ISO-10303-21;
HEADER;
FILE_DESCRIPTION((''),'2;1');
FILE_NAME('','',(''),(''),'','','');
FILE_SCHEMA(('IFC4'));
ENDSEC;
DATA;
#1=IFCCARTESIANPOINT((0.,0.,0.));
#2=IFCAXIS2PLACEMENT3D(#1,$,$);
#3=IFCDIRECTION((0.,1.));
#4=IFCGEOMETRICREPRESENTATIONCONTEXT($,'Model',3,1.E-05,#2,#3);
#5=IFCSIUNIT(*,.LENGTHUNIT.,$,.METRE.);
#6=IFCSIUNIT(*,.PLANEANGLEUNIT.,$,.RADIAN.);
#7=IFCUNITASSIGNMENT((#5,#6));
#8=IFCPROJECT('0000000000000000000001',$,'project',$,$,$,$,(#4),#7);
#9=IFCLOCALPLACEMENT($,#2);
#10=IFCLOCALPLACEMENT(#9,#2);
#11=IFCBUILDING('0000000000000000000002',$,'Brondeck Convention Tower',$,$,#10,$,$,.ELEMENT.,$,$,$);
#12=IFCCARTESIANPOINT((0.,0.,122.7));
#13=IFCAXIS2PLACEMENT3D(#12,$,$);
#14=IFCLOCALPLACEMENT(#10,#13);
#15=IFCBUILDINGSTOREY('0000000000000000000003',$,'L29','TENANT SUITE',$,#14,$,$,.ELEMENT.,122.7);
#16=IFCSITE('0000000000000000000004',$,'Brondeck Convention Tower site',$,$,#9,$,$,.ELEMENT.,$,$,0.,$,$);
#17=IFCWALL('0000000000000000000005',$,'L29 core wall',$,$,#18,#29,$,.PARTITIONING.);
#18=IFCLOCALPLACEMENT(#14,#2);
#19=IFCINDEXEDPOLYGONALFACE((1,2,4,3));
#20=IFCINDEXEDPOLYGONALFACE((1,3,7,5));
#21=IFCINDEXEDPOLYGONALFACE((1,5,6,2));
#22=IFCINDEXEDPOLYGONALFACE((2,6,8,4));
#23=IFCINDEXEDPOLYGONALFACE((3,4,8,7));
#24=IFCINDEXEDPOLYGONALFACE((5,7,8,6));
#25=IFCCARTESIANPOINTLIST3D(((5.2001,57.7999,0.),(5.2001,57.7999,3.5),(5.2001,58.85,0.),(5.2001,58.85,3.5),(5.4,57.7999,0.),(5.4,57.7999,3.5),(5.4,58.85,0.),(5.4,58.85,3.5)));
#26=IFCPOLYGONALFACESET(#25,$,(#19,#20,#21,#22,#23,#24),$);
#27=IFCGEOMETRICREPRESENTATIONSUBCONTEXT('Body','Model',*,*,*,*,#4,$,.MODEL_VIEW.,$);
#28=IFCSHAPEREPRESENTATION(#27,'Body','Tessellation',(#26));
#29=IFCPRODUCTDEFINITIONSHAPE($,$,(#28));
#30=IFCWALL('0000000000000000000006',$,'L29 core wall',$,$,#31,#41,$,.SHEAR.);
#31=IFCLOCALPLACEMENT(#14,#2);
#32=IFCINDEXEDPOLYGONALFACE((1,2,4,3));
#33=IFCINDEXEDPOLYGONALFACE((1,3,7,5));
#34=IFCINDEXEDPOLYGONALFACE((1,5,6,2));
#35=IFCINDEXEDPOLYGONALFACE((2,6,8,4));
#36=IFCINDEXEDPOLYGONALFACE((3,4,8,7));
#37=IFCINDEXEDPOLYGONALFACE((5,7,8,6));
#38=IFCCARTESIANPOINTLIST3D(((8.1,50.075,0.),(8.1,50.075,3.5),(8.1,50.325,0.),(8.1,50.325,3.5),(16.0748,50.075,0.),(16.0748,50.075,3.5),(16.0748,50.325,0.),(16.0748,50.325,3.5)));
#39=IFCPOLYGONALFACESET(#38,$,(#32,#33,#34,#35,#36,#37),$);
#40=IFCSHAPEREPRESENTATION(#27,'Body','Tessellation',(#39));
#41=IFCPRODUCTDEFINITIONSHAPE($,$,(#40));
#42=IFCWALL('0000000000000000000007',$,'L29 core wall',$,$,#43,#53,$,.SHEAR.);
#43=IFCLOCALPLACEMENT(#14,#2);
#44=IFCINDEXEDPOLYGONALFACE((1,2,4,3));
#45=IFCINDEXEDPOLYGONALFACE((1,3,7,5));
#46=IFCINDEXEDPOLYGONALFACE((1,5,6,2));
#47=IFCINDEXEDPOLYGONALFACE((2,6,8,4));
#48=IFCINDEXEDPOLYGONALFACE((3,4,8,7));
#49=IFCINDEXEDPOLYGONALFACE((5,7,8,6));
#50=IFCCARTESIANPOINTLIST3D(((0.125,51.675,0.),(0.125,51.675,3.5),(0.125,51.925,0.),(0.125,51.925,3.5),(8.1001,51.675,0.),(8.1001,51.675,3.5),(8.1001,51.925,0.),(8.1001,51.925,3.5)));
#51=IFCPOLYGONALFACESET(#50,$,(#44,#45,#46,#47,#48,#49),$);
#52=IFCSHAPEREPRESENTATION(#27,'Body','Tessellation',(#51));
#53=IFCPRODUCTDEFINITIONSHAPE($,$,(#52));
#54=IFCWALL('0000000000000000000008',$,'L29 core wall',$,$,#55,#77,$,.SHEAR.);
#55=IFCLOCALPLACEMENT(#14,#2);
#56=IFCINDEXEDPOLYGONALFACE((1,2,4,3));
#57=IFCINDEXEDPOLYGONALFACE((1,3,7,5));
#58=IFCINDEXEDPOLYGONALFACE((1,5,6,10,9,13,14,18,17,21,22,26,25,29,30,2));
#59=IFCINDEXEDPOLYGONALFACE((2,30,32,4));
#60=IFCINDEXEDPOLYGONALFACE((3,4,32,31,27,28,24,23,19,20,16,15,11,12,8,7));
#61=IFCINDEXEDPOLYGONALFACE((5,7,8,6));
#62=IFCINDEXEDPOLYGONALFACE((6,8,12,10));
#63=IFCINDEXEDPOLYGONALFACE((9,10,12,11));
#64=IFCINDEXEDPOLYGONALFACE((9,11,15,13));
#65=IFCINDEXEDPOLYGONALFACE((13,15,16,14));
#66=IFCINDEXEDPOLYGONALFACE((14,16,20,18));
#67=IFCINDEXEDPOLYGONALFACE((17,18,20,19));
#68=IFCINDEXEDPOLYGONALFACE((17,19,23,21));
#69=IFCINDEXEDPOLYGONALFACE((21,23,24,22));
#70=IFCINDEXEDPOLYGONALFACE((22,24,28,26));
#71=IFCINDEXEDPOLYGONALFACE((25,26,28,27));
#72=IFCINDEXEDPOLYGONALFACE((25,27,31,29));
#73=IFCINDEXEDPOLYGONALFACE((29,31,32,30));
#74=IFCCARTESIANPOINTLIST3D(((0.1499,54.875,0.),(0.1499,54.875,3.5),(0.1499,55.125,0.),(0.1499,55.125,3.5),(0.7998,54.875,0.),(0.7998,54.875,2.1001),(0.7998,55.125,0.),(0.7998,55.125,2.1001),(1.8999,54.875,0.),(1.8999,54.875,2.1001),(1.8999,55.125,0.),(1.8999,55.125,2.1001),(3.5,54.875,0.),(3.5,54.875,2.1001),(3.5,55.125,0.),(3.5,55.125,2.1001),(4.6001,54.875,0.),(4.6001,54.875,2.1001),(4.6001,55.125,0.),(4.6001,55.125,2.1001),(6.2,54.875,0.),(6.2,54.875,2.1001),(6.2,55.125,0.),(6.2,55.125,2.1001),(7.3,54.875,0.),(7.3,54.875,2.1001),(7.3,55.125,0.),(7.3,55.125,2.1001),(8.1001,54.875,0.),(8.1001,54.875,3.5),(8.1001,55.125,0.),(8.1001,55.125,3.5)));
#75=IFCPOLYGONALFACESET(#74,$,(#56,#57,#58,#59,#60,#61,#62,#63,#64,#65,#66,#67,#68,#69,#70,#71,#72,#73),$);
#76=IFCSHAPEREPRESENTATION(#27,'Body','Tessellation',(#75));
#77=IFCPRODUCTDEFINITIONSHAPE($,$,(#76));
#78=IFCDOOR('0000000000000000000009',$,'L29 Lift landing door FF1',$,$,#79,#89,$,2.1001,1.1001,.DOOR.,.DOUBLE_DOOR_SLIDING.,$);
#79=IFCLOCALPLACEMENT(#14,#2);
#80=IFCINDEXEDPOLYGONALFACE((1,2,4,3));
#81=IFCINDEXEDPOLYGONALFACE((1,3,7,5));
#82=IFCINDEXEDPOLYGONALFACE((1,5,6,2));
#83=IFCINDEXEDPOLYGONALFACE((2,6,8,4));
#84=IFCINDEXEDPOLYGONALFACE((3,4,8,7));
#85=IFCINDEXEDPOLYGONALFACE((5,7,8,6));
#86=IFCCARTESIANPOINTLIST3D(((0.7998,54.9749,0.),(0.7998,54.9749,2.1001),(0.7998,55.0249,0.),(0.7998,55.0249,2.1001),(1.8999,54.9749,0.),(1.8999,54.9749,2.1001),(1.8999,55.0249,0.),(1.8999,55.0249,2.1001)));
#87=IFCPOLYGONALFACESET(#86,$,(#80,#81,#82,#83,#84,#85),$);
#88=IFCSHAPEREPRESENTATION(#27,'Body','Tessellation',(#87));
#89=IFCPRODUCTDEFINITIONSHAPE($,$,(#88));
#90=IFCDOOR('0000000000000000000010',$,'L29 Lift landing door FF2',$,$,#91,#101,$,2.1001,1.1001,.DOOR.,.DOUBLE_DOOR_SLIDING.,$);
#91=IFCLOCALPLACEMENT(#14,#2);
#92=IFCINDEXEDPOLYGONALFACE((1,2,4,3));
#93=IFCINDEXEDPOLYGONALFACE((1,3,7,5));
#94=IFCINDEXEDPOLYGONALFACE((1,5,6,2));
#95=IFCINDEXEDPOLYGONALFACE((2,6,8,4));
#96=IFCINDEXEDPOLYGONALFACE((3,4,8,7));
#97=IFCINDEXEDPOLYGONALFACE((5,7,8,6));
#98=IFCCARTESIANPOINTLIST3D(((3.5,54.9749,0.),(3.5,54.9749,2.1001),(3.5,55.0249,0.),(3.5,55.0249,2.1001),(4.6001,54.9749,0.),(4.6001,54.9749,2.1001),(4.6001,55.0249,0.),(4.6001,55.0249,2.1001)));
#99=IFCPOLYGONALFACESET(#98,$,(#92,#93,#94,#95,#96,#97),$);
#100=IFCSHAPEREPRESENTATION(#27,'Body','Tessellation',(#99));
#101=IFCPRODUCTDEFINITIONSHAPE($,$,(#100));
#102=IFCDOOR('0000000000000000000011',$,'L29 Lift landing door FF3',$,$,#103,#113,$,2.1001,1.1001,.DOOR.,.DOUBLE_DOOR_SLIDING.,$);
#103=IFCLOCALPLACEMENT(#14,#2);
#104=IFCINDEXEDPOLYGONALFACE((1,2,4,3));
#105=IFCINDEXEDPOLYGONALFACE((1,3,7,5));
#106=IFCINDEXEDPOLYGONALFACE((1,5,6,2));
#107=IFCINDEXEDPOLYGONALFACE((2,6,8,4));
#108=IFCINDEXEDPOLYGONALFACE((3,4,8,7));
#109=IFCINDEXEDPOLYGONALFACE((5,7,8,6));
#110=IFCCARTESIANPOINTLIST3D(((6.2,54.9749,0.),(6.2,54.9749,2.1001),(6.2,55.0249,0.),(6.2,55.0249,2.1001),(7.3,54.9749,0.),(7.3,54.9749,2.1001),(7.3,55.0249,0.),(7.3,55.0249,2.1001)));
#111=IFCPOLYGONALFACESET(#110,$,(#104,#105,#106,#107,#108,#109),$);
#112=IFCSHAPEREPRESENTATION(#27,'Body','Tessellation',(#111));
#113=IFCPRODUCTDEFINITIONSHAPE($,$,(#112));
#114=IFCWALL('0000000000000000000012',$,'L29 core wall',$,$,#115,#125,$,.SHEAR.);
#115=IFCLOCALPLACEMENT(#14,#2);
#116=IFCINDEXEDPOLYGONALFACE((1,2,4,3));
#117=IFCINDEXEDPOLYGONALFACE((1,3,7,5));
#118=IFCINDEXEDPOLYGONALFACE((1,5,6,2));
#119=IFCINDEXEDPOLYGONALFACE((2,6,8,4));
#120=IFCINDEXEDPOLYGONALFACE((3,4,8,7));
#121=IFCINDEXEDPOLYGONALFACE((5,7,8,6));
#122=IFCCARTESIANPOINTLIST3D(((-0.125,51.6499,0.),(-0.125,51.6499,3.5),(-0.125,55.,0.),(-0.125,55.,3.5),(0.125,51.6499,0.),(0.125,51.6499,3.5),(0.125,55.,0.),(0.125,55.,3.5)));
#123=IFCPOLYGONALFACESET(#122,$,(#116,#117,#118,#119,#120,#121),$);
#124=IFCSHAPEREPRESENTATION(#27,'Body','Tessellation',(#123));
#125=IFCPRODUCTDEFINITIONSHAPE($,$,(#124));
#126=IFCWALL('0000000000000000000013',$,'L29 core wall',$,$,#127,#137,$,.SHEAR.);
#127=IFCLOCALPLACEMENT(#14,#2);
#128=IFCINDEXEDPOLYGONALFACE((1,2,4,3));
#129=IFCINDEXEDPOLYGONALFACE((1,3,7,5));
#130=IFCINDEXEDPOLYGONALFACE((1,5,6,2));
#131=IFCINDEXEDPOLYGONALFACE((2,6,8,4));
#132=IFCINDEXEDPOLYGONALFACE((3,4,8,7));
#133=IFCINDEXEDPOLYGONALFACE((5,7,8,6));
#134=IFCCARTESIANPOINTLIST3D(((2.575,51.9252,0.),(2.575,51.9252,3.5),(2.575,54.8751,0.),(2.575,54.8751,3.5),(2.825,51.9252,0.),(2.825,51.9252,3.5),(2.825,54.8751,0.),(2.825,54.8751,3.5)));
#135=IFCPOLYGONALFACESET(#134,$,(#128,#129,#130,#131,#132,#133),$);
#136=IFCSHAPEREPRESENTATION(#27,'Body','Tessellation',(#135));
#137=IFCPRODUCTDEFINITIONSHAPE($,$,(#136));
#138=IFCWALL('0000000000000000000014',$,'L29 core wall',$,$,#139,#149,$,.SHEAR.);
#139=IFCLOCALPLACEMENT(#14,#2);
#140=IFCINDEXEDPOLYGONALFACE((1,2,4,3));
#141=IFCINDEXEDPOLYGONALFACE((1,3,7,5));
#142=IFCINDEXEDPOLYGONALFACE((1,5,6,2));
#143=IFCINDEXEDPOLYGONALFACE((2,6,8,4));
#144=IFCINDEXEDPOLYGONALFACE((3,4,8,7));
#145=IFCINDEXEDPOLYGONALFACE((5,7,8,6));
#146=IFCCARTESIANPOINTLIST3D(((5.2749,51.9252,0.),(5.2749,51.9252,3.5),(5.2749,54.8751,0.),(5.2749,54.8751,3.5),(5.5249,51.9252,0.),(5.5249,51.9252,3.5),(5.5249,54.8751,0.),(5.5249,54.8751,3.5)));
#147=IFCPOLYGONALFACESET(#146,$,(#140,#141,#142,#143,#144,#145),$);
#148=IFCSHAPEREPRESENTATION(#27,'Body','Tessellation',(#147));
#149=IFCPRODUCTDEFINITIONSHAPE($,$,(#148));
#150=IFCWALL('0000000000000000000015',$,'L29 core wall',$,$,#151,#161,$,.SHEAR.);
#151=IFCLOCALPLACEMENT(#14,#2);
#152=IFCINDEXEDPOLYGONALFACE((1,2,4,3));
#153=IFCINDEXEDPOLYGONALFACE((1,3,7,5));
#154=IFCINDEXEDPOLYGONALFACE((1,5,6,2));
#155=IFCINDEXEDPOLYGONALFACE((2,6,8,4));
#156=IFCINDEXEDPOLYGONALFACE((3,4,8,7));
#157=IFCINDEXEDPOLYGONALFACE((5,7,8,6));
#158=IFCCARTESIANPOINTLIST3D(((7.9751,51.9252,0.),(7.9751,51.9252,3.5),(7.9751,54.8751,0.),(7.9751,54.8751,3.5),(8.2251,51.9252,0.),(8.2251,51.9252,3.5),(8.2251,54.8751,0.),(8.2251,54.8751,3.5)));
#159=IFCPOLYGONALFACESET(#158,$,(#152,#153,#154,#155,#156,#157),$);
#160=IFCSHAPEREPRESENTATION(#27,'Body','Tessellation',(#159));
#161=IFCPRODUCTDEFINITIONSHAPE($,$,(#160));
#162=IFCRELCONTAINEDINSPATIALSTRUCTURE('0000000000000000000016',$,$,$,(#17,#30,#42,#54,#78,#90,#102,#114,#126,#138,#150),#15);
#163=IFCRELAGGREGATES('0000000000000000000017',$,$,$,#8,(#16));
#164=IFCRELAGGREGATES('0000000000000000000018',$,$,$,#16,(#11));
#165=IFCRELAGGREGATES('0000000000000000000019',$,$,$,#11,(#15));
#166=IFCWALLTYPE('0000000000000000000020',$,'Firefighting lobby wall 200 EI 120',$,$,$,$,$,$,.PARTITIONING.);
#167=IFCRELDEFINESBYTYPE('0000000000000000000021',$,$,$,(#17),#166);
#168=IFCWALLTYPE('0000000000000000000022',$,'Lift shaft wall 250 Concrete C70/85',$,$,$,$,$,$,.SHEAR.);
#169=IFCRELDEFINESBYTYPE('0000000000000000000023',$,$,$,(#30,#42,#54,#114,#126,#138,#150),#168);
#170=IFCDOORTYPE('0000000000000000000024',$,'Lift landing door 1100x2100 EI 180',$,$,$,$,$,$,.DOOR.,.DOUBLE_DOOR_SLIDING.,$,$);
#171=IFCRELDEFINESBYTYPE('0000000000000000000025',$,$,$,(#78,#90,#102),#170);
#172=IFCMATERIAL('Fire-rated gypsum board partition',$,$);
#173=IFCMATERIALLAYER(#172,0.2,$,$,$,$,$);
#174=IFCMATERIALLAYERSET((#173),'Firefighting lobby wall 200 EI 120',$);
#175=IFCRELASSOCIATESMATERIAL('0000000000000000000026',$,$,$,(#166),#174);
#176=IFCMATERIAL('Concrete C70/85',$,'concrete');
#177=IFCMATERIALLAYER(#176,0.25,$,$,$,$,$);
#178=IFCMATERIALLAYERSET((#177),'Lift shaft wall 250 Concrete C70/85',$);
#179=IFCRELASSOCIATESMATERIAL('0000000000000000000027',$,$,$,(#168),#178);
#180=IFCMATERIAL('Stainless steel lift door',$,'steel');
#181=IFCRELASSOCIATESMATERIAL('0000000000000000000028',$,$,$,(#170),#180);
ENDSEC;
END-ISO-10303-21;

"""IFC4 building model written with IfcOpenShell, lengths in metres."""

from ifc_helpers import new_model, si_unit, direction, frame, frame_2d, origin, place, context, subcontext, project, spatial, rectangle, extrude, material, layer, layer_set, type_object, element, fill, save


model = new_model("IFC4")

# Units and contexts
model_context = context("Model", 3, precision=1e-05, world=origin(), true_north=direction((0.0, 1.0)))
body_context = subcontext(model_context, "Body", "Model", "MODEL_VIEW")
ifc_project = project(units=[si_unit("LENGTHUNIT", "METRE"), si_unit("PLANEANGLEUNIT", "RADIAN")], contexts=[model_context])

# Site, building, storey
site_placement = place(None, origin())
site = spatial("IfcSite", under=ifc_project, at=site_placement, Name="Brondeck Convention Tower site", CompositionType="ELEMENT", RefElevation=0.0)
building_placement = place(site_placement, origin())
building = spatial("IfcBuilding", under=site, at=building_placement, Name="Brondeck Convention Tower", CompositionType="ELEMENT")
storey_placement = place(building_placement, frame((0.0, 0.0, 122.7)))
storey = spatial("IfcBuildingStorey", under=building, at=storey_placement, Name="L29", Description="TENANT SUITE", CompositionType="ELEMENT", Elevation=122.7)

# Shared definitions
ifc_material_1 = material(Name="Concrete C70/85", Category="concrete")

# Walls
ifc_material_2 = material(Name="Fire-rated gypsum board partition")
ifc_layer_1 = layer(ifc_material_2, 0.2)
ifc_layer_set_1 = layer_set([ifc_layer_1], Name="Firefighting lobby wall 200 EI 120")
wall_type_1 = type_object("IfcWallType", Name="Firefighting lobby wall 200 EI 120", PredefinedType="PARTITIONING", material=ifc_layer_set_1)
wall_1_placement = place(storey_placement, frame((5.3, 57.8, 0.0), z_axis=(0.0, 0.0, 1.0), x_axis=(0.0, 1.0, 0.0)))
element("IfcWall", 1, at=wall_1_placement, inside=storey, type_object=wall_type_1, Name="L29 core wall", PredefinedType="PARTITIONING", context=body_context, shape_type="SweptSolid", body=[
    extrude(rectangle(XDim=1.05, YDim=0.2, at=frame_2d((0.5249, 0.0))), origin(), (0.0, 0.0, 1.0), 3.5),
])
ifc_layer_2 = layer(ifc_material_1, 0.25)
ifc_layer_set_2 = layer_set([ifc_layer_2], Name="Lift shaft wall 250 Concrete C70/85")
wall_type_2 = type_object("IfcWallType", Name="Lift shaft wall 250 Concrete C70/85", PredefinedType="SHEAR", material=ifc_layer_set_2)
wall_2_placement = place(storey_placement, frame((8.1001, 50.2, 0.0), z_axis=(0.0, 0.0, 1.0), x_axis=(1.0, 0.0, 0.0)))
element("IfcWall", 2, at=wall_2_placement, inside=storey, type_object=wall_type_2, Name="L29 core wall", PredefinedType="SHEAR", context=body_context, shape_type="SweptSolid", body=[
    extrude(rectangle(XDim=7.9749, YDim=0.25, at=frame_2d((3.9873, 0.0))), origin(), (0.0, 0.0, 1.0), 3.5),
])
wall_3_placement = place(storey_placement, frame((0.125, 51.8, 0.0), z_axis=(0.0, 0.0, 1.0), x_axis=(1.0, 0.0, 0.0)))
element("IfcWall", 3, at=wall_3_placement, inside=storey, type_object=wall_type_2, Name="L29 core wall", PredefinedType="SHEAR", context=body_context, shape_type="SweptSolid", body=[
    extrude(rectangle(XDim=7.9751, YDim=0.25, at=frame_2d((3.9875, 0.0))), origin(), (0.0, 0.0, 1.0), 3.5),
])

# Wall, openings, doors
wall_4_placement = place(storey_placement, frame((0.1499, 55.0, 0.0), z_axis=(0.0, 0.0, 1.0), x_axis=(1.0, 0.0, 0.0)))
wall_4 = element("IfcWall", 4, at=wall_4_placement, inside=storey, type_object=wall_type_2, Name="L29 core wall", PredefinedType="SHEAR", context=body_context, shape_type="SweptSolid", body=[
    extrude(rectangle(XDim=7.9502, YDim=0.25, at=frame_2d((3.9751, 0.0))), origin(), (0.0, 0.0, 1.0), 3.5),
])
opening_1_placement = place(wall_4_placement, frame((0.6499, 0.0, 0.0)))
opening_1 = element("IfcOpeningElement", 5, at=opening_1_placement, cuts=wall_4, PredefinedType="OPENING", context=body_context, shape_type="SweptSolid", body=[
    extrude(rectangle(XDim=1.1001, YDim=2.1001, at=frame_2d((0.55, 1.05))), frame((0.0, 0.135, 0.0), z_axis=(0.0, -1.0, 0.0), x_axis=(1.0, 0.0, 0.0)), (0.0, 0.0, 1.0), 0.27),
])
opening_2_placement = place(wall_4_placement, frame((3.3501, 0.0, 0.0)))
opening_2 = element("IfcOpeningElement", 6, at=opening_2_placement, cuts=wall_4, PredefinedType="OPENING", context=body_context, shape_type="SweptSolid", body=[
    extrude(rectangle(XDim=1.1001, YDim=2.1001, at=frame_2d((0.55, 1.05))), frame((0.0, 0.135, 0.0), z_axis=(0.0, -1.0, 0.0), x_axis=(1.0, 0.0, 0.0)), (0.0, 0.0, 1.0), 0.27),
])
opening_3_placement = place(wall_4_placement, frame((6.05, 0.0, 0.0)))
opening_3 = element("IfcOpeningElement", 7, at=opening_3_placement, cuts=wall_4, PredefinedType="OPENING", context=body_context, shape_type="SweptSolid", body=[
    extrude(rectangle(XDim=1.1001, YDim=2.1001, at=frame_2d((0.55, 1.05))), frame((0.0, 0.135, 0.0), z_axis=(0.0, -1.0, 0.0), x_axis=(1.0, 0.0, 0.0)), (0.0, 0.0, 1.0), 0.27),
])
ifc_material_3 = material(Name="Stainless steel lift door", Category="steel")
door_type_1 = type_object("IfcDoorType", Name="Lift landing door 1100x2100 EI 180", OperationType="DOUBLE_DOOR_SLIDING", PredefinedType="DOOR", material=ifc_material_3)
door_1_placement = place(opening_1_placement, origin())
door_1 = element("IfcDoor", 8, at=door_1_placement, inside=storey, type_object=door_type_1, Name="L29 Lift landing door FF1", OperationType="DOUBLE_DOOR_SLIDING", OverallHeight=2.1001, OverallWidth=1.1001, PredefinedType="DOOR", context=body_context, shape_type="SweptSolid", body=[
    extrude(rectangle(XDim=1.1001, YDim=2.1001, at=frame_2d((0.55, 1.05))), frame((0.0, 0.0249, 0.0), z_axis=(0.0, -1.0, 0.0), x_axis=(1.0, 0.0, 0.0)), (0.0, 0.0, 1.0), 0.05),
])
fill(opening_1, door_1)
door_2_placement = place(opening_2_placement, origin())
door_2 = element("IfcDoor", 9, at=door_2_placement, inside=storey, type_object=door_type_1, Name="L29 Lift landing door FF2", OperationType="DOUBLE_DOOR_SLIDING", OverallHeight=2.1001, OverallWidth=1.1001, PredefinedType="DOOR", context=body_context, shape_type="SweptSolid", body=[
    extrude(rectangle(XDim=1.1001, YDim=2.1001, at=frame_2d((0.55, 1.05))), frame((0.0, 0.0249, 0.0), z_axis=(0.0, -1.0, 0.0), x_axis=(1.0, 0.0, 0.0)), (0.0, 0.0, 1.0), 0.05),
])
fill(opening_2, door_2)
door_3_placement = place(opening_3_placement, origin())
door_3 = element("IfcDoor", 10, at=door_3_placement, inside=storey, type_object=door_type_1, Name="L29 Lift landing door FF3", OperationType="DOUBLE_DOOR_SLIDING", OverallHeight=2.1001, OverallWidth=1.1001, PredefinedType="DOOR", context=body_context, shape_type="SweptSolid", body=[
    extrude(rectangle(XDim=1.1001, YDim=2.1001, at=frame_2d((0.55, 1.05))), frame((0.0, 0.0249, 0.0), z_axis=(0.0, -1.0, 0.0), x_axis=(1.0, 0.0, 0.0)), (0.0, 0.0, 1.0), 0.05),
])
fill(opening_3, door_3)

# Walls
wall_5_placement = place(storey_placement, frame((0.0, 51.6499, 0.0), z_axis=(0.0, 0.0, 1.0), x_axis=(0.0, 1.0, 0.0)))
element("IfcWall", 11, at=wall_5_placement, inside=storey, type_object=wall_type_2, Name="L29 core wall", PredefinedType="SHEAR", context=body_context, shape_type="SweptSolid", body=[
    extrude(rectangle(XDim=3.3501, YDim=0.25, at=frame_2d((1.675, 0.0))), origin(), (0.0, 0.0, 1.0), 3.5),
])
for number, where, z_axis, x_axis, name in (
    (12, (2.7, 51.925, 0.0), (0.0, 0.0, 1.0), (0.0, 1.0, 0.0), "L29 core wall"),
    (13, (5.3999, 51.925, 0.0), (0.0, 0.0, 1.0), (0.0, 1.0, 0.0), "L29 core wall"),
    (14, (8.1001, 51.925, 0.0), (0.0, 0.0, 1.0), (0.0, 1.0, 0.0), "L29 core wall"),
):
    element("IfcWall", number, at=place(storey_placement, frame(where, z_axis=z_axis, x_axis=x_axis)), inside=storey, type_object=wall_type_2, Name=name, PredefinedType="SHEAR", context=body_context, shape_type="SweptSolid", body=[
        extrude(rectangle(XDim=2.95, YDim=0.25, at=frame_2d((1.4751, 0.0))), origin(), (0.0, 0.0, 1.0), 3.5),
    ])

save(model, "model.ifc")
